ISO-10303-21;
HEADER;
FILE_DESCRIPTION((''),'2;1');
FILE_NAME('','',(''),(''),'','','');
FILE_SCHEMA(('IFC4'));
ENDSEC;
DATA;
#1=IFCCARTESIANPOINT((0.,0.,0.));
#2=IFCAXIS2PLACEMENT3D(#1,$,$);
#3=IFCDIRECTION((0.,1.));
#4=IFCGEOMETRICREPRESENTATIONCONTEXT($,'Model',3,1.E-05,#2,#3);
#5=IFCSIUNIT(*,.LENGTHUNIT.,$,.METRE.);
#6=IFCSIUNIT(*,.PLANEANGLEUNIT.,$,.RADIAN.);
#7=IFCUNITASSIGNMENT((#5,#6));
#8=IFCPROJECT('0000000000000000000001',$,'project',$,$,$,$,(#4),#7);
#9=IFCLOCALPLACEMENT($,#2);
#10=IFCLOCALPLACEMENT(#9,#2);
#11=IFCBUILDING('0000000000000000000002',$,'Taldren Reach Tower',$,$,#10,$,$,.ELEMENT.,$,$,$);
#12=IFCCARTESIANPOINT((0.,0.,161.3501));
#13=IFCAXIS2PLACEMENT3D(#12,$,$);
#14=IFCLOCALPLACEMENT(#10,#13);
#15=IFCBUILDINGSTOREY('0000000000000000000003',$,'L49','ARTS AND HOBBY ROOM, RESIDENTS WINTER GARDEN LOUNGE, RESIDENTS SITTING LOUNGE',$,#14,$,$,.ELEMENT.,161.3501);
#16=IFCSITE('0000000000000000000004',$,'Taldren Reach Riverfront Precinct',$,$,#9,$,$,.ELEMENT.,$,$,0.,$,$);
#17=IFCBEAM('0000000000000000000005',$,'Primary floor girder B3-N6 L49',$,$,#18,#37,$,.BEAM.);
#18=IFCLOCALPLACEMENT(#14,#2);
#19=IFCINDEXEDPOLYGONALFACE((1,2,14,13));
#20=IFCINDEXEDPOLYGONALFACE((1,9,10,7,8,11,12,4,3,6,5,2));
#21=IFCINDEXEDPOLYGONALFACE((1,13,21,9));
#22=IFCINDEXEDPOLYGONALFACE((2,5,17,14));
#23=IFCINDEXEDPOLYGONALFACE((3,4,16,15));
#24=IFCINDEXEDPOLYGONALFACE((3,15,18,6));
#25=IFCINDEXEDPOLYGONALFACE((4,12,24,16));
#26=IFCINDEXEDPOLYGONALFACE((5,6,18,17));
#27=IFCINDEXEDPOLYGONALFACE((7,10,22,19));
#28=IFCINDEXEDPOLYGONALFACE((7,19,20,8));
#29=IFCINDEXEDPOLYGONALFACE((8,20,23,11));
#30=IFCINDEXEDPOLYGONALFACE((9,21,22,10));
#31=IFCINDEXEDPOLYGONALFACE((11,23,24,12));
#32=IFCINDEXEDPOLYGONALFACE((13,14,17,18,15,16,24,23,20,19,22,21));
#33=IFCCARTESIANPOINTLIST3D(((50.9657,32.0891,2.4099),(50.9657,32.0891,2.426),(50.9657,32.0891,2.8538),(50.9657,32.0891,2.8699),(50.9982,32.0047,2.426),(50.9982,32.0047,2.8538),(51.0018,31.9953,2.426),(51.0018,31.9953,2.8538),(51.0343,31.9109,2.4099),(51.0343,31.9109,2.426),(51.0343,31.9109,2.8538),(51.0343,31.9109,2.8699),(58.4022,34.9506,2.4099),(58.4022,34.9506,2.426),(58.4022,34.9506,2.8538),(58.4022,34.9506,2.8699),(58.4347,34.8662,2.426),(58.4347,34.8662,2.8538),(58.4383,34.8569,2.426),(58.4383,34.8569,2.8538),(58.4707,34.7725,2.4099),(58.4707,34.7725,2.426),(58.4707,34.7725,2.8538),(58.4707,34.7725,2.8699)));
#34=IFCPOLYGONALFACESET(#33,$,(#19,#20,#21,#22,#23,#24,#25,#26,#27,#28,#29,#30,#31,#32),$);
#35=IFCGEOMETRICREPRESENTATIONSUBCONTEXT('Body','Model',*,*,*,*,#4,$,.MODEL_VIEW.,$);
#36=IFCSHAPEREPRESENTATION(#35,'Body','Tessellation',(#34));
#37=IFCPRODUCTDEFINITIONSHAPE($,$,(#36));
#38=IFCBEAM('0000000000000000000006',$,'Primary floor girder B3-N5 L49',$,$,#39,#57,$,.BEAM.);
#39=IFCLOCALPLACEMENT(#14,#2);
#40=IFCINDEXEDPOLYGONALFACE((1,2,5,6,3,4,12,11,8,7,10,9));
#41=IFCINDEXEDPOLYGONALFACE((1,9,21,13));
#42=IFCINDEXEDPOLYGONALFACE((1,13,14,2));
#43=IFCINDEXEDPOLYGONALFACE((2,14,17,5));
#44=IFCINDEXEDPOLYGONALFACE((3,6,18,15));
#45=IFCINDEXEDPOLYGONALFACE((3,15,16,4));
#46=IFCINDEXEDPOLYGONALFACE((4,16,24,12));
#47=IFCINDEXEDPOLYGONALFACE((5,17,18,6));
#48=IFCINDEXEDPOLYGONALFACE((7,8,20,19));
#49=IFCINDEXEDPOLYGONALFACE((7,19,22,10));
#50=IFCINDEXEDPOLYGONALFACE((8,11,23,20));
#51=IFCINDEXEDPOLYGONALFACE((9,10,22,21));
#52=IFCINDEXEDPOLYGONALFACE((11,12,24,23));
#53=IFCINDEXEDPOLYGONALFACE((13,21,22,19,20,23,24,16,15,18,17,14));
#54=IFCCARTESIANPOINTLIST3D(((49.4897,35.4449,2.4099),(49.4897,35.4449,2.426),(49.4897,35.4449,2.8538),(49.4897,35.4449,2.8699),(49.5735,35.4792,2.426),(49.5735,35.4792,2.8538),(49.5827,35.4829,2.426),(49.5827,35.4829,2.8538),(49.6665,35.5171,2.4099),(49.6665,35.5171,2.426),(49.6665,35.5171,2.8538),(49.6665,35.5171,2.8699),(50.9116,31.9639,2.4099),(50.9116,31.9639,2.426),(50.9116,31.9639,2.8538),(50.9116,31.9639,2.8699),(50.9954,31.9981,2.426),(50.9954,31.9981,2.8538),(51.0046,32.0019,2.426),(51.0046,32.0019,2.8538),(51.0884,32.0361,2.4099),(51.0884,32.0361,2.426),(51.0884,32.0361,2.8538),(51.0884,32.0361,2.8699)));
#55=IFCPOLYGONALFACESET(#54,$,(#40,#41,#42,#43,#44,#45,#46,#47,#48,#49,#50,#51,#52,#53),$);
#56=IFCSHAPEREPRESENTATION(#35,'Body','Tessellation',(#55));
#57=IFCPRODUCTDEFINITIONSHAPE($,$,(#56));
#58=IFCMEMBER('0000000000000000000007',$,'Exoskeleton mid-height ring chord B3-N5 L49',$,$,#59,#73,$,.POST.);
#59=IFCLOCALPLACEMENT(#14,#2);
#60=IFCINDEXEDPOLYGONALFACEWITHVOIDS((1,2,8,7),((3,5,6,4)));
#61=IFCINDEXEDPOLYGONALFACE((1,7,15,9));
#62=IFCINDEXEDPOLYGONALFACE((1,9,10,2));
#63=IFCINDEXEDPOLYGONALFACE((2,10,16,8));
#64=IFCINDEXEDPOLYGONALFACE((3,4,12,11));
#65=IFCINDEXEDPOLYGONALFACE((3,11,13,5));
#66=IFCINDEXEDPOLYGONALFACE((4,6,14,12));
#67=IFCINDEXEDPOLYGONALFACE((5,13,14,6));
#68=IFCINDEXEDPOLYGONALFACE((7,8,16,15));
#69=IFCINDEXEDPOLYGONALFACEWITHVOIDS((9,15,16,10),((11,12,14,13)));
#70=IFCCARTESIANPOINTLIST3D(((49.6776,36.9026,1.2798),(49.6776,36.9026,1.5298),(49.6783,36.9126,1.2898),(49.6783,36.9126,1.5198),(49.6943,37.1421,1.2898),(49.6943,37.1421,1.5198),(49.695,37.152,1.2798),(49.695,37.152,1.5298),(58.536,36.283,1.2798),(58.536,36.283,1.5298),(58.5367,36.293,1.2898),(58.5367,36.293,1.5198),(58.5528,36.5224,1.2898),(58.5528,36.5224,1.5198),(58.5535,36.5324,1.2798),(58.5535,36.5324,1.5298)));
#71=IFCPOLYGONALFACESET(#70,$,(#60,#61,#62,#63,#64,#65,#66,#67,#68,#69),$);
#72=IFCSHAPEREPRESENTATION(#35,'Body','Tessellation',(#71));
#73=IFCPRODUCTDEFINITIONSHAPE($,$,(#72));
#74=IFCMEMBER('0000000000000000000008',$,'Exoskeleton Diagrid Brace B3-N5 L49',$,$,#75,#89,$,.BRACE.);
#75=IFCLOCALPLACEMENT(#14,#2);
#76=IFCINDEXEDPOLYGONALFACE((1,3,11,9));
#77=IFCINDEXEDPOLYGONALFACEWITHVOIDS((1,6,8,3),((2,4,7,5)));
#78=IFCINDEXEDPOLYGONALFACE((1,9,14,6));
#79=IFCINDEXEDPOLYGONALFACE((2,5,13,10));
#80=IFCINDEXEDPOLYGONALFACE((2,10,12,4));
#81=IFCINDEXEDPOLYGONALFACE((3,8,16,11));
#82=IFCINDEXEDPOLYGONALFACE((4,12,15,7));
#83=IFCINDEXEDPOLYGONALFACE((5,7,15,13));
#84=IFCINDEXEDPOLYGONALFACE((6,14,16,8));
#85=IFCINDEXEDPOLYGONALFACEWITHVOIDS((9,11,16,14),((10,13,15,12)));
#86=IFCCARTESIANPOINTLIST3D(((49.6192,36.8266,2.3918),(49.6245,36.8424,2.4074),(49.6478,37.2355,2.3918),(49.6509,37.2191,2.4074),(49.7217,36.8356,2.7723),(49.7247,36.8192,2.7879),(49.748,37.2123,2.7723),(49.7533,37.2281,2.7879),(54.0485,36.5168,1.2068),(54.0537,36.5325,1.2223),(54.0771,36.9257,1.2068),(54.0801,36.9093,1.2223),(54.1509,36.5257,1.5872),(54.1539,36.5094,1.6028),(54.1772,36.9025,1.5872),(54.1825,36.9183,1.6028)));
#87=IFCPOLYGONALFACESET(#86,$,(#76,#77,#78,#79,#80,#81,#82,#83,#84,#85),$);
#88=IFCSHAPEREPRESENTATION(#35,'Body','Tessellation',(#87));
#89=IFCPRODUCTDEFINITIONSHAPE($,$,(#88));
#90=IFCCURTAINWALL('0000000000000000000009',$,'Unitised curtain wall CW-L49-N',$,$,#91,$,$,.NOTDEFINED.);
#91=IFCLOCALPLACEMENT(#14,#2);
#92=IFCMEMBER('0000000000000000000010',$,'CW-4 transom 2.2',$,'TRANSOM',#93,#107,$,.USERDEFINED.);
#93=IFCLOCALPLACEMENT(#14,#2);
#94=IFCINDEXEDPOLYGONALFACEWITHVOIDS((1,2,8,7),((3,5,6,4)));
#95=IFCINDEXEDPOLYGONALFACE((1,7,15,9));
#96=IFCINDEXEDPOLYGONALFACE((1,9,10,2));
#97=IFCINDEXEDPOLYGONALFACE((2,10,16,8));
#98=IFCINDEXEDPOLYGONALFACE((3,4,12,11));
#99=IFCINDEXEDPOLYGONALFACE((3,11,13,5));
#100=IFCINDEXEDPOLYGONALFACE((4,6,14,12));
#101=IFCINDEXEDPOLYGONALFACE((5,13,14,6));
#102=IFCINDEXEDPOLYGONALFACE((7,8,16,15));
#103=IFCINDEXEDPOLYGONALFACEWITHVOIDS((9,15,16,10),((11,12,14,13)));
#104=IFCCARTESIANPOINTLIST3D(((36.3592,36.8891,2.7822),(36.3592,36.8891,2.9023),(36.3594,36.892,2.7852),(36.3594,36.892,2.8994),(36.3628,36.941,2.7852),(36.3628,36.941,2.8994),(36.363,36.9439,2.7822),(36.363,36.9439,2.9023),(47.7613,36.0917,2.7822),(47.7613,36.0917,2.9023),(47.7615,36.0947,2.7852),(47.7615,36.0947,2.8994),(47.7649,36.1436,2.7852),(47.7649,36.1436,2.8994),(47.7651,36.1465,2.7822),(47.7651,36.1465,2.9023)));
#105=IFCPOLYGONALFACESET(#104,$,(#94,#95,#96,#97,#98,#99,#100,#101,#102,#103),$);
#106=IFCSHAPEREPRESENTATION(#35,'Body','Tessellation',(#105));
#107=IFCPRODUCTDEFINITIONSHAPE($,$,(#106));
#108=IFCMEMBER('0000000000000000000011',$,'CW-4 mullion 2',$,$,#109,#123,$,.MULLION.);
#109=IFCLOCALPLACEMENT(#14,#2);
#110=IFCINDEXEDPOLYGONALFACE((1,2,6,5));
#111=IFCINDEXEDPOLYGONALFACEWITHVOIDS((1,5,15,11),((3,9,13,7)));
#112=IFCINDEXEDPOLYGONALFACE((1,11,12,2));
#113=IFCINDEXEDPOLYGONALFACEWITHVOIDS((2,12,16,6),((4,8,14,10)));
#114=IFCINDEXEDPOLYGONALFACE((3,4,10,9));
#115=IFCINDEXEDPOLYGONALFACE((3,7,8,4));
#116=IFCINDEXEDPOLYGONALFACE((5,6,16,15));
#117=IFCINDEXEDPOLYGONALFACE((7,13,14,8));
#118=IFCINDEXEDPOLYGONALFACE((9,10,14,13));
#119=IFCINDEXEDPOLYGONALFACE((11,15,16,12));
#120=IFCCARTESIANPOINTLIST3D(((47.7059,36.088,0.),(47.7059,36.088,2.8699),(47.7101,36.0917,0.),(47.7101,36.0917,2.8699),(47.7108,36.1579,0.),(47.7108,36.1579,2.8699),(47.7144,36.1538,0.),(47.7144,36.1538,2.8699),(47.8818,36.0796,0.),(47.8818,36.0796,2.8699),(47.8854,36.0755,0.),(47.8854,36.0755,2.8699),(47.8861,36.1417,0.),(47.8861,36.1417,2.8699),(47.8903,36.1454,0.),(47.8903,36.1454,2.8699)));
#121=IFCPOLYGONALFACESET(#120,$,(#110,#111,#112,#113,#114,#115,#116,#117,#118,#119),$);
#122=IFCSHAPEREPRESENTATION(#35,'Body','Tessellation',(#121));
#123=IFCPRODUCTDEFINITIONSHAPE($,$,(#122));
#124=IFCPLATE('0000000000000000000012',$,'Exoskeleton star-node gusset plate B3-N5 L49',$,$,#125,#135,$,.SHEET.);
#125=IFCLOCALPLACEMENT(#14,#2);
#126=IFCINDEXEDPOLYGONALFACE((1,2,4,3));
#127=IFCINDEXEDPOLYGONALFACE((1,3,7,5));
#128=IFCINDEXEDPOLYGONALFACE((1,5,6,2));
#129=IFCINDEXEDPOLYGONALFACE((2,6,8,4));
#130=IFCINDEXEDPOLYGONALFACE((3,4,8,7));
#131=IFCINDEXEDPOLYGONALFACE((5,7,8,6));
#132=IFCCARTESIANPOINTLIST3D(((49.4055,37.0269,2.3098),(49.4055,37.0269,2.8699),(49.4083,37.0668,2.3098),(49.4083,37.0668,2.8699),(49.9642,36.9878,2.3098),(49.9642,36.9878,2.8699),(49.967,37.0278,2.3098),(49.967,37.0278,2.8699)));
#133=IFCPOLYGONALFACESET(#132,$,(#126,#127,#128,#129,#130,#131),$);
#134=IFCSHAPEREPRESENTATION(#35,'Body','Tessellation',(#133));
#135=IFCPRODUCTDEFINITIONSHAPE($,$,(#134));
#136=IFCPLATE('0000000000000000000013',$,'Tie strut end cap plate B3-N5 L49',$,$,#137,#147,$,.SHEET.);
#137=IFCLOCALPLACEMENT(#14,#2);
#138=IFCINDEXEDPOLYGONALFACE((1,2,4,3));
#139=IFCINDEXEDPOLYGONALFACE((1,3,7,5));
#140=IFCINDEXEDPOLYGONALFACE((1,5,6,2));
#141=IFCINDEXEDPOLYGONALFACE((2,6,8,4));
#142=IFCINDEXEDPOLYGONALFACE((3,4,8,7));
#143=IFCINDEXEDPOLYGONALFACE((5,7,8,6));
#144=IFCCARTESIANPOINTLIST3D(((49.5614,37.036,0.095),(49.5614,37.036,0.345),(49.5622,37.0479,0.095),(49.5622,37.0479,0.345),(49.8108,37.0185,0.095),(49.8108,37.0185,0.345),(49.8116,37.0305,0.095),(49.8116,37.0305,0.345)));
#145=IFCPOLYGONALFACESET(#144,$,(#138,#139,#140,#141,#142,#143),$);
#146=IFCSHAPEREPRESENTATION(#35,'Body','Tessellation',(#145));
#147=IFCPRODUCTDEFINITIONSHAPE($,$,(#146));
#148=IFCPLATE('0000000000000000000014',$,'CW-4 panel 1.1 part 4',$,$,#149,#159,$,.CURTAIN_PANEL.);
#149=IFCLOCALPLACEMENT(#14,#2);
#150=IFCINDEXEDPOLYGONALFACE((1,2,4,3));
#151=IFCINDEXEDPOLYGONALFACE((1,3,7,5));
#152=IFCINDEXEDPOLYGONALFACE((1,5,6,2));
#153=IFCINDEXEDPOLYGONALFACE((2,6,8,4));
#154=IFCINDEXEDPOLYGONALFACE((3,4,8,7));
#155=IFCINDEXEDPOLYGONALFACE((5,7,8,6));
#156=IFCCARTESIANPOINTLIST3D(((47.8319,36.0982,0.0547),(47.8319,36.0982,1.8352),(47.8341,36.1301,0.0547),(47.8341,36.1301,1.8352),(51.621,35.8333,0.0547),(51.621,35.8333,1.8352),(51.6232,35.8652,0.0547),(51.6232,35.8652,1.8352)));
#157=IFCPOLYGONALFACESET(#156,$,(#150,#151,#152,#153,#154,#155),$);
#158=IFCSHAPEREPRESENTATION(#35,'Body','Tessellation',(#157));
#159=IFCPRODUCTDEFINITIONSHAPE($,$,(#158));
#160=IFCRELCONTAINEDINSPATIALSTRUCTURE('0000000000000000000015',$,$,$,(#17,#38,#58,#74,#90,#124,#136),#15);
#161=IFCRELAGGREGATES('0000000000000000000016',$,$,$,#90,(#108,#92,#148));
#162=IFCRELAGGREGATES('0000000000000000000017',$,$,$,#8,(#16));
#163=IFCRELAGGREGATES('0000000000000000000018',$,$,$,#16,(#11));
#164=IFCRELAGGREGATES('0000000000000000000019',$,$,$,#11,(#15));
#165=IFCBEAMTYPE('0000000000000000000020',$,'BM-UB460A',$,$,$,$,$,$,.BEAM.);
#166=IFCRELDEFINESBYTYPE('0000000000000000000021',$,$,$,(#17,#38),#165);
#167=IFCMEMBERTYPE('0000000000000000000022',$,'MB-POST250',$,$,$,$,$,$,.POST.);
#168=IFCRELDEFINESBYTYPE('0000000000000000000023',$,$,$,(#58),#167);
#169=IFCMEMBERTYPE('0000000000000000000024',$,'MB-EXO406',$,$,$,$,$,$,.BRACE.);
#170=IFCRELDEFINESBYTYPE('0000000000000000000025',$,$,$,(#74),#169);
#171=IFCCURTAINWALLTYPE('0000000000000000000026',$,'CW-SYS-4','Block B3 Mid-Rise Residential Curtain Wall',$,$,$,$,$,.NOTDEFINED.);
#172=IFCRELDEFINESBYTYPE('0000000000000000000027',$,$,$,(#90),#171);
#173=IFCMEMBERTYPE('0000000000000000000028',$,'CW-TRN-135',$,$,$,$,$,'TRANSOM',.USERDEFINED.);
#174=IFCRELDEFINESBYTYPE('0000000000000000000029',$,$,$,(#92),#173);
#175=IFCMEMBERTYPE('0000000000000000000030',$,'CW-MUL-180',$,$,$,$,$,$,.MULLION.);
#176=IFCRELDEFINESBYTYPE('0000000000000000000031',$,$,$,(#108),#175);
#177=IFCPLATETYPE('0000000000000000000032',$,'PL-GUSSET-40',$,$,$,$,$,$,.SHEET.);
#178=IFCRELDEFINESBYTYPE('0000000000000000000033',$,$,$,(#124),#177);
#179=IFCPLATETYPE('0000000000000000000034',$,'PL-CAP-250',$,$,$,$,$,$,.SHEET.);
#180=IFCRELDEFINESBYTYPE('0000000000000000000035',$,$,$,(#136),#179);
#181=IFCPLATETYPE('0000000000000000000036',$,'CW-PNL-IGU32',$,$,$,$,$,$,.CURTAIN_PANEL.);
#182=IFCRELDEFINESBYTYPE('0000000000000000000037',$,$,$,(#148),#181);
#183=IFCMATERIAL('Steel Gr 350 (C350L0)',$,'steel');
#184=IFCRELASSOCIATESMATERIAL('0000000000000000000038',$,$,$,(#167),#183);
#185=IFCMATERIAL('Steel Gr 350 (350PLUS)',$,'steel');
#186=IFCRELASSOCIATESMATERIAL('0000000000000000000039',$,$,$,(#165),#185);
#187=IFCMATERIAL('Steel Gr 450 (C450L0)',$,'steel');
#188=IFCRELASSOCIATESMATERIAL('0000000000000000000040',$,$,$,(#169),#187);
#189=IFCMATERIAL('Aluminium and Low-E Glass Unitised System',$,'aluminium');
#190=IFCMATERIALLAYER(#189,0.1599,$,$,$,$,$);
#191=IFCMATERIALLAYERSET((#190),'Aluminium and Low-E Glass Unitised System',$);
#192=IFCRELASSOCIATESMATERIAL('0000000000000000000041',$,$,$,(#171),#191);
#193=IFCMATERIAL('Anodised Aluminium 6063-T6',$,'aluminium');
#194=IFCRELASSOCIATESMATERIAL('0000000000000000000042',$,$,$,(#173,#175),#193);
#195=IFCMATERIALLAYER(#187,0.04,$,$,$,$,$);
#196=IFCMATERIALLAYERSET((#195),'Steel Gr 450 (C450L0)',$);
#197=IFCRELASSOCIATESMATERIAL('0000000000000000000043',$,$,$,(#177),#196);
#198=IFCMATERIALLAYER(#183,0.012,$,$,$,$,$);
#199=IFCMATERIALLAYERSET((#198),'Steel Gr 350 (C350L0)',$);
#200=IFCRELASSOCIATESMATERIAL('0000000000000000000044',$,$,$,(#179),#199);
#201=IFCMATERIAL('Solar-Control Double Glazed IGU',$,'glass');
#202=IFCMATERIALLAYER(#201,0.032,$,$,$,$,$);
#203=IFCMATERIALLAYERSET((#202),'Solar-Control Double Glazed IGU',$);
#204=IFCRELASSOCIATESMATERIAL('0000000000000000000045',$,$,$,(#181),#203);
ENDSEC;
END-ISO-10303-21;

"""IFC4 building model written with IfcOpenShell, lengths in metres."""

from ifc_helpers import new_model, si_unit, direction, frame, origin, origin_2d, place, context, subcontext, project, spatial, rectangle, hollow_rectangle, i_section, extrude, source, transform, mapped, material, layer, layer_set, material_profile, profile_set, type_object, element, aggregate, save


model = new_model("IFC4")

# Units and contexts
model_context = context("Model", 3, precision=1e-05, world=origin(), true_north=direction((0.0, 1.0)))
body_context = subcontext(model_context, "Body", "Model", "MODEL_VIEW")
ifc_project = project(units=[si_unit("LENGTHUNIT", "METRE"), si_unit("PLANEANGLEUNIT", "RADIAN")], contexts=[model_context])

# Site, building, storey
site_placement = place(None, origin())
site = spatial("IfcSite", under=ifc_project, at=site_placement, Name="Taldren Reach Riverfront Precinct", CompositionType="ELEMENT", RefElevation=0.0)
building_placement = place(site_placement, origin())
building = spatial("IfcBuilding", under=site, at=building_placement, Name="Taldren Reach Tower", CompositionType="ELEMENT")
storey_placement = place(building_placement, frame((0.0, 0.0, 161.3501)))
storey = spatial("IfcBuildingStorey", under=building, at=storey_placement, Name="L49", Description="ARTS AND HOBBY ROOM, RESIDENTS WINTER GARDEN LOUNGE, RESIDENTS SITTING LOUNGE", CompositionType="ELEMENT", Elevation=161.3501)

# Shared definitions
ifc_material_1 = material(Name="Steel Gr 450 (C450L0)", Category="steel")
ifc_material_2 = material(Name="Steel Gr 350 (350PLUS)", Category="steel")

# Shared definitions
ifc_material_3 = material(Name="Steel Gr 350 (C350L0)", Category="steel")
ifc_material_profile_1 = material_profile(ifc_material_3, hollow_rectangle(XDim=0.25, YDim=0.25, WallThickness=0.01, at=origin_2d()), Name="250x250x10.0SHS")
ifc_profile_set_1 = profile_set([ifc_material_profile_1], Name="Steel Gr 350 (C350L0)")
member_type_1 = type_object("IfcMemberType", Name="MB-POST250", PredefinedType="POST", material=ifc_profile_set_1)

# Beams
ifc_material_profile_2 = material_profile(ifc_material_2, i_section(OverallWidth=0.1909, OverallDepth=0.46, WebThickness=0.01, FlangeThickness=0.0161, at=origin_2d()), Name="460UB82.1")
ifc_profile_set_2 = profile_set([ifc_material_profile_2], Name="Steel Gr 350 (350PLUS)")
beam_type_1 = type_object("IfcBeamType", Name="BM-UB460A", PredefinedType="BEAM", material=ifc_profile_set_2)
shared_shape_1 = source(origin(), body_context, "Body", "SweptSolid", [
    extrude(i_section(OverallWidth=0.1909, OverallDepth=0.46, WebThickness=0.01, FlangeThickness=0.0161, at=origin_2d()), origin(), (0.0, 0.0, 1.0), 7.968),
])
beam_1_placement = place(storey_placement, frame((51.0, 32.0, 2.6399), z_axis=(0.933288, 0.359129, 0.0), x_axis=(-0.359129, 0.933288, 0.0)))
element("IfcBeam", 1, at=beam_1_placement, inside=storey, type_object=beam_type_1, Name="Primary floor girder B3-N6 L49", PredefinedType="BEAM", context=body_context, shape_type="MappedRepresentation", body=[
    mapped(shared_shape_1, transform((0.0, 0.0, 0.0), scale=1.0)),
])
shared_shape_2 = source(origin(), body_context, "Body", "SweptSolid", [
    extrude(i_section(OverallWidth=0.1909, OverallDepth=0.46, WebThickness=0.01, FlangeThickness=0.0161, at=origin_2d()), origin(), (0.0, 0.0, 1.0), 3.7603),
])
beam_2_placement = place(storey_placement, frame((51.0, 32.0, 2.6399), z_axis=(-0.378142, 0.925747, 0.0), x_axis=(-0.925747, -0.378142, 0.0)))
element("IfcBeam", 2, at=beam_2_placement, inside=storey, type_object=beam_type_1, Name="Primary floor girder B3-N5 L49", PredefinedType="BEAM", context=body_context, shape_type="MappedRepresentation", body=[
    mapped(shared_shape_2, transform((0.0, 0.0, 0.0), scale=1.0)),
])

# Members
shared_shape_3 = source(origin(), body_context, "Body", "SweptSolid", [
    extrude(hollow_rectangle(XDim=0.25, YDim=0.25, WallThickness=0.01, at=origin_2d()), origin(), (0.0, 0.0, 1.0), 8.8801),
])
member_1_placement = place(storey_placement, frame((49.6863, 37.0273, 1.4048), z_axis=(0.997563, -0.069778, 0.0), x_axis=(0.069778, 0.997563, 0.0)))
element("IfcMember", 3, at=member_1_placement, inside=storey, type_object=member_type_1, Name="Exoskeleton mid-height ring chord B3-N5 L49", PredefinedType="POST", context=body_context, shape_type="MappedRepresentation", body=[
    mapped(shared_shape_3, transform((0.0, 0.0, 0.0), scale=1.0)),
])
ifc_material_profile_3 = material_profile(ifc_material_1, hollow_rectangle(XDim=0.4099, YDim=0.4099, WallThickness=0.0161, at=origin_2d()), Name="410x410x16.0SHS")
ifc_profile_set_3 = profile_set([ifc_material_profile_3], Name="Steel Gr 450 (C450L0)")
member_type_2 = type_object("IfcMemberType", Name="MB-EXO406", PredefinedType="BRACE", material=ifc_profile_set_3)
shared_shape_4 = source(origin(), body_context, "Body", "SweptSolid", [
    extrude(hollow_rectangle(XDim=0.4099, YDim=0.4099, WallThickness=0.0161, at=origin_2d()), origin(), (0.0, 0.0, 1.0), 4.5955),
])
member_2_placement = place(storey_placement, frame((54.1155, 36.7175, 1.4048), z_axis=(-0.963823, 0.067418, 0.257877), x_axis=(-0.069778, -0.997563, 0.0)))
element("IfcMember", 4, at=member_2_placement, inside=storey, type_object=member_type_2, Name="Exoskeleton Diagrid Brace B3-N5 L49", PredefinedType="BRACE", context=body_context, shape_type="MappedRepresentation", body=[
    mapped(shared_shape_4, transform((0.0, 0.0, 0.0), scale=1.0)),
])

# Curtain wall, members
ifc_material_4 = material(Name="Aluminium and Low-E Glass Unitised System", Category="aluminium")
ifc_layer_1 = layer(ifc_material_4, 0.1599)
ifc_layer_set_1 = layer_set([ifc_layer_1], Name="Aluminium and Low-E Glass Unitised System")
curtain_wall_type = type_object("IfcCurtainWallType", Name="CW-SYS-4", Description="Block B3 Mid-Rise Residential Curtain Wall", PredefinedType="NOTDEFINED", material=ifc_layer_set_1)
curtain_wall_placement = place(storey_placement, origin())
curtain_wall = element("IfcCurtainWall", 5, at=curtain_wall_placement, inside=storey, type_object=curtain_wall_type, Name="Unitised curtain wall CW-L49-N", PredefinedType="NOTDEFINED")
ifc_material_5 = material(Name="Anodised Aluminium 6063-T6", Category="aluminium")
ifc_material_profile_4 = material_profile(ifc_material_5, hollow_rectangle(XDim=0.0549, YDim=0.1201, WallThickness=0.0029, at=origin_2d()), Name="ALU-120x55x3RHS")
ifc_profile_set_4 = profile_set([ifc_material_profile_4], Name="Anodised Aluminium 6063-T6")
member_type_3 = type_object("IfcMemberType", Name="CW-TRN-135", ElementType="TRANSOM", PredefinedType="USERDEFINED", material=ifc_profile_set_4)
shared_shape_5 = source(origin(), body_context, "Body", "SweptSolid", [
    extrude(hollow_rectangle(XDim=0.0549, YDim=0.1201, WallThickness=0.0029, at=origin_2d()), origin(), (0.0, 0.0, 1.0), 11.4299),
])
member_3_placement = place(storey_placement, frame((47.7632, 36.1191, 2.8423), z_axis=(-0.997564, 0.069761, 0.0), x_axis=(-0.069761, -0.997564, 0.0)))
member_3 = element("IfcMember", 6, at=member_3_placement, type_object=member_type_3, Name="CW-4 transom 2.2", ObjectType="TRANSOM", PredefinedType="USERDEFINED", context=body_context, shape_type="MappedRepresentation", body=[
    mapped(shared_shape_5, transform((0.0, 0.0, 0.0), scale=1.0)),
])
ifc_material_profile_5 = material_profile(ifc_material_5, hollow_rectangle(XDim=0.0701, YDim=0.1799, WallThickness=0.0039, at=origin_2d()), Name="ALU-180x70x4RHS")
ifc_profile_set_5 = profile_set([ifc_material_profile_5], Name="Anodised Aluminium 6063-T6")
member_type_4 = type_object("IfcMemberType", Name="CW-MUL-180", PredefinedType="MULLION", material=ifc_profile_set_5)
shared_shape_6 = source(origin(), body_context, "Body", "SweptSolid", [
    extrude(hollow_rectangle(XDim=0.0701, YDim=0.1799, WallThickness=0.0039, at=origin_2d()), origin(), (0.0, 0.0, 1.0), 2.8699),
])
member_4_placement = place(storey_placement, frame((47.7981, 36.1167, 0.0), z_axis=(0.0, 0.0, 1.0), x_axis=(-0.069757, -0.997564, 0.0)))
member_4 = element("IfcMember", 7, at=member_4_placement, type_object=member_type_4, Name="CW-4 mullion 2", PredefinedType="MULLION", context=body_context, shape_type="MappedRepresentation", body=[
    mapped(shared_shape_6, transform((0.0, 0.0, 0.0), scale=1.0)),
])

# Plates
ifc_layer_2 = layer(ifc_material_1, 0.04)
ifc_layer_set_2 = layer_set([ifc_layer_2], Name="Steel Gr 450 (C450L0)")
plate_type_1 = type_object("IfcPlateType", Name="PL-GUSSET-40", PredefinedType="SHEET", material=ifc_layer_set_2)
shared_shape_7 = source(origin(), body_context, "Body", "SweptSolid", [
    extrude(rectangle(XDim=0.5601, YDim=0.04, at=origin_2d()), origin(), (0.0, 0.0, 1.0), 0.5601),
])
plate_1_placement = place(storey_placement, frame((49.6863, 37.0273, 2.3098), z_axis=(0.0, 0.0, 1.0), x_axis=(0.997564, -0.069756, 0.0)))
element("IfcPlate", 8, at=plate_1_placement, inside=storey, type_object=plate_type_1, Name="Exoskeleton star-node gusset plate B3-N5 L49", PredefinedType="SHEET", context=body_context, shape_type="MappedRepresentation", body=[
    mapped(shared_shape_7, transform((0.0, 0.0, 0.0), scale=1.0)),
])
ifc_layer_3 = layer(ifc_material_3, 0.012)
ifc_layer_set_3 = layer_set([ifc_layer_3], Name="Steel Gr 350 (C350L0)")
plate_type_2 = type_object("IfcPlateType", Name="PL-CAP-250", PredefinedType="SHEET", material=ifc_layer_set_3)
shared_shape_8 = source(origin(), body_context, "Body", "SweptSolid", [
    extrude(rectangle(XDim=0.25, YDim=0.012, at=origin_2d()), origin(), (0.0, 0.0, 1.0), 0.25),
])
plate_2_placement = place(storey_placement, frame((49.6865, 37.0332, 0.095), z_axis=(0.0, 0.0, 1.0), x_axis=(0.997564, -0.069756, 0.0)))
element("IfcPlate", 9, at=plate_2_placement, inside=storey, type_object=plate_type_2, Name="Tie strut end cap plate B3-N5 L49", PredefinedType="SHEET", context=body_context, shape_type="MappedRepresentation", body=[
    mapped(shared_shape_8, transform((0.0, 0.0, 0.0), scale=1.0)),
])

# Plate
ifc_material_6 = material(Name="Solar-Control Double Glazed IGU", Category="glass")
ifc_layer_4 = layer(ifc_material_6, 0.032)
ifc_layer_set_4 = layer_set([ifc_layer_4], Name="Solar-Control Double Glazed IGU")
plate_type_3 = type_object("IfcPlateType", Name="CW-PNL-IGU32", PredefinedType="CURTAIN_PANEL", material=ifc_layer_set_4)
shared_shape_9 = source(origin(), body_context, "Body", "SweptSolid", [
    extrude(rectangle(XDim=3.7983, YDim=0.032, at=origin_2d()), origin(), (0.0, 0.0, 1.0), 1.7805),
])
plate_3_placement = place(storey_placement, frame((49.7275, 35.9817, 0.0547), z_axis=(0.0, 0.0, 1.0), x_axis=(-0.997564, 0.069757, 0.0)))
plate_3 = element("IfcPlate", 10, at=plate_3_placement, type_object=plate_type_3, Name="CW-4 panel 1.1 part 4", PredefinedType="CURTAIN_PANEL", context=body_context, shape_type="MappedRepresentation", body=[
    mapped(shared_shape_9, transform((0.0, 0.0, 0.0), scale=1.0)),
])
aggregate(curtain_wall, [member_4, member_3, plate_3])

save(model, "model.ifc")
